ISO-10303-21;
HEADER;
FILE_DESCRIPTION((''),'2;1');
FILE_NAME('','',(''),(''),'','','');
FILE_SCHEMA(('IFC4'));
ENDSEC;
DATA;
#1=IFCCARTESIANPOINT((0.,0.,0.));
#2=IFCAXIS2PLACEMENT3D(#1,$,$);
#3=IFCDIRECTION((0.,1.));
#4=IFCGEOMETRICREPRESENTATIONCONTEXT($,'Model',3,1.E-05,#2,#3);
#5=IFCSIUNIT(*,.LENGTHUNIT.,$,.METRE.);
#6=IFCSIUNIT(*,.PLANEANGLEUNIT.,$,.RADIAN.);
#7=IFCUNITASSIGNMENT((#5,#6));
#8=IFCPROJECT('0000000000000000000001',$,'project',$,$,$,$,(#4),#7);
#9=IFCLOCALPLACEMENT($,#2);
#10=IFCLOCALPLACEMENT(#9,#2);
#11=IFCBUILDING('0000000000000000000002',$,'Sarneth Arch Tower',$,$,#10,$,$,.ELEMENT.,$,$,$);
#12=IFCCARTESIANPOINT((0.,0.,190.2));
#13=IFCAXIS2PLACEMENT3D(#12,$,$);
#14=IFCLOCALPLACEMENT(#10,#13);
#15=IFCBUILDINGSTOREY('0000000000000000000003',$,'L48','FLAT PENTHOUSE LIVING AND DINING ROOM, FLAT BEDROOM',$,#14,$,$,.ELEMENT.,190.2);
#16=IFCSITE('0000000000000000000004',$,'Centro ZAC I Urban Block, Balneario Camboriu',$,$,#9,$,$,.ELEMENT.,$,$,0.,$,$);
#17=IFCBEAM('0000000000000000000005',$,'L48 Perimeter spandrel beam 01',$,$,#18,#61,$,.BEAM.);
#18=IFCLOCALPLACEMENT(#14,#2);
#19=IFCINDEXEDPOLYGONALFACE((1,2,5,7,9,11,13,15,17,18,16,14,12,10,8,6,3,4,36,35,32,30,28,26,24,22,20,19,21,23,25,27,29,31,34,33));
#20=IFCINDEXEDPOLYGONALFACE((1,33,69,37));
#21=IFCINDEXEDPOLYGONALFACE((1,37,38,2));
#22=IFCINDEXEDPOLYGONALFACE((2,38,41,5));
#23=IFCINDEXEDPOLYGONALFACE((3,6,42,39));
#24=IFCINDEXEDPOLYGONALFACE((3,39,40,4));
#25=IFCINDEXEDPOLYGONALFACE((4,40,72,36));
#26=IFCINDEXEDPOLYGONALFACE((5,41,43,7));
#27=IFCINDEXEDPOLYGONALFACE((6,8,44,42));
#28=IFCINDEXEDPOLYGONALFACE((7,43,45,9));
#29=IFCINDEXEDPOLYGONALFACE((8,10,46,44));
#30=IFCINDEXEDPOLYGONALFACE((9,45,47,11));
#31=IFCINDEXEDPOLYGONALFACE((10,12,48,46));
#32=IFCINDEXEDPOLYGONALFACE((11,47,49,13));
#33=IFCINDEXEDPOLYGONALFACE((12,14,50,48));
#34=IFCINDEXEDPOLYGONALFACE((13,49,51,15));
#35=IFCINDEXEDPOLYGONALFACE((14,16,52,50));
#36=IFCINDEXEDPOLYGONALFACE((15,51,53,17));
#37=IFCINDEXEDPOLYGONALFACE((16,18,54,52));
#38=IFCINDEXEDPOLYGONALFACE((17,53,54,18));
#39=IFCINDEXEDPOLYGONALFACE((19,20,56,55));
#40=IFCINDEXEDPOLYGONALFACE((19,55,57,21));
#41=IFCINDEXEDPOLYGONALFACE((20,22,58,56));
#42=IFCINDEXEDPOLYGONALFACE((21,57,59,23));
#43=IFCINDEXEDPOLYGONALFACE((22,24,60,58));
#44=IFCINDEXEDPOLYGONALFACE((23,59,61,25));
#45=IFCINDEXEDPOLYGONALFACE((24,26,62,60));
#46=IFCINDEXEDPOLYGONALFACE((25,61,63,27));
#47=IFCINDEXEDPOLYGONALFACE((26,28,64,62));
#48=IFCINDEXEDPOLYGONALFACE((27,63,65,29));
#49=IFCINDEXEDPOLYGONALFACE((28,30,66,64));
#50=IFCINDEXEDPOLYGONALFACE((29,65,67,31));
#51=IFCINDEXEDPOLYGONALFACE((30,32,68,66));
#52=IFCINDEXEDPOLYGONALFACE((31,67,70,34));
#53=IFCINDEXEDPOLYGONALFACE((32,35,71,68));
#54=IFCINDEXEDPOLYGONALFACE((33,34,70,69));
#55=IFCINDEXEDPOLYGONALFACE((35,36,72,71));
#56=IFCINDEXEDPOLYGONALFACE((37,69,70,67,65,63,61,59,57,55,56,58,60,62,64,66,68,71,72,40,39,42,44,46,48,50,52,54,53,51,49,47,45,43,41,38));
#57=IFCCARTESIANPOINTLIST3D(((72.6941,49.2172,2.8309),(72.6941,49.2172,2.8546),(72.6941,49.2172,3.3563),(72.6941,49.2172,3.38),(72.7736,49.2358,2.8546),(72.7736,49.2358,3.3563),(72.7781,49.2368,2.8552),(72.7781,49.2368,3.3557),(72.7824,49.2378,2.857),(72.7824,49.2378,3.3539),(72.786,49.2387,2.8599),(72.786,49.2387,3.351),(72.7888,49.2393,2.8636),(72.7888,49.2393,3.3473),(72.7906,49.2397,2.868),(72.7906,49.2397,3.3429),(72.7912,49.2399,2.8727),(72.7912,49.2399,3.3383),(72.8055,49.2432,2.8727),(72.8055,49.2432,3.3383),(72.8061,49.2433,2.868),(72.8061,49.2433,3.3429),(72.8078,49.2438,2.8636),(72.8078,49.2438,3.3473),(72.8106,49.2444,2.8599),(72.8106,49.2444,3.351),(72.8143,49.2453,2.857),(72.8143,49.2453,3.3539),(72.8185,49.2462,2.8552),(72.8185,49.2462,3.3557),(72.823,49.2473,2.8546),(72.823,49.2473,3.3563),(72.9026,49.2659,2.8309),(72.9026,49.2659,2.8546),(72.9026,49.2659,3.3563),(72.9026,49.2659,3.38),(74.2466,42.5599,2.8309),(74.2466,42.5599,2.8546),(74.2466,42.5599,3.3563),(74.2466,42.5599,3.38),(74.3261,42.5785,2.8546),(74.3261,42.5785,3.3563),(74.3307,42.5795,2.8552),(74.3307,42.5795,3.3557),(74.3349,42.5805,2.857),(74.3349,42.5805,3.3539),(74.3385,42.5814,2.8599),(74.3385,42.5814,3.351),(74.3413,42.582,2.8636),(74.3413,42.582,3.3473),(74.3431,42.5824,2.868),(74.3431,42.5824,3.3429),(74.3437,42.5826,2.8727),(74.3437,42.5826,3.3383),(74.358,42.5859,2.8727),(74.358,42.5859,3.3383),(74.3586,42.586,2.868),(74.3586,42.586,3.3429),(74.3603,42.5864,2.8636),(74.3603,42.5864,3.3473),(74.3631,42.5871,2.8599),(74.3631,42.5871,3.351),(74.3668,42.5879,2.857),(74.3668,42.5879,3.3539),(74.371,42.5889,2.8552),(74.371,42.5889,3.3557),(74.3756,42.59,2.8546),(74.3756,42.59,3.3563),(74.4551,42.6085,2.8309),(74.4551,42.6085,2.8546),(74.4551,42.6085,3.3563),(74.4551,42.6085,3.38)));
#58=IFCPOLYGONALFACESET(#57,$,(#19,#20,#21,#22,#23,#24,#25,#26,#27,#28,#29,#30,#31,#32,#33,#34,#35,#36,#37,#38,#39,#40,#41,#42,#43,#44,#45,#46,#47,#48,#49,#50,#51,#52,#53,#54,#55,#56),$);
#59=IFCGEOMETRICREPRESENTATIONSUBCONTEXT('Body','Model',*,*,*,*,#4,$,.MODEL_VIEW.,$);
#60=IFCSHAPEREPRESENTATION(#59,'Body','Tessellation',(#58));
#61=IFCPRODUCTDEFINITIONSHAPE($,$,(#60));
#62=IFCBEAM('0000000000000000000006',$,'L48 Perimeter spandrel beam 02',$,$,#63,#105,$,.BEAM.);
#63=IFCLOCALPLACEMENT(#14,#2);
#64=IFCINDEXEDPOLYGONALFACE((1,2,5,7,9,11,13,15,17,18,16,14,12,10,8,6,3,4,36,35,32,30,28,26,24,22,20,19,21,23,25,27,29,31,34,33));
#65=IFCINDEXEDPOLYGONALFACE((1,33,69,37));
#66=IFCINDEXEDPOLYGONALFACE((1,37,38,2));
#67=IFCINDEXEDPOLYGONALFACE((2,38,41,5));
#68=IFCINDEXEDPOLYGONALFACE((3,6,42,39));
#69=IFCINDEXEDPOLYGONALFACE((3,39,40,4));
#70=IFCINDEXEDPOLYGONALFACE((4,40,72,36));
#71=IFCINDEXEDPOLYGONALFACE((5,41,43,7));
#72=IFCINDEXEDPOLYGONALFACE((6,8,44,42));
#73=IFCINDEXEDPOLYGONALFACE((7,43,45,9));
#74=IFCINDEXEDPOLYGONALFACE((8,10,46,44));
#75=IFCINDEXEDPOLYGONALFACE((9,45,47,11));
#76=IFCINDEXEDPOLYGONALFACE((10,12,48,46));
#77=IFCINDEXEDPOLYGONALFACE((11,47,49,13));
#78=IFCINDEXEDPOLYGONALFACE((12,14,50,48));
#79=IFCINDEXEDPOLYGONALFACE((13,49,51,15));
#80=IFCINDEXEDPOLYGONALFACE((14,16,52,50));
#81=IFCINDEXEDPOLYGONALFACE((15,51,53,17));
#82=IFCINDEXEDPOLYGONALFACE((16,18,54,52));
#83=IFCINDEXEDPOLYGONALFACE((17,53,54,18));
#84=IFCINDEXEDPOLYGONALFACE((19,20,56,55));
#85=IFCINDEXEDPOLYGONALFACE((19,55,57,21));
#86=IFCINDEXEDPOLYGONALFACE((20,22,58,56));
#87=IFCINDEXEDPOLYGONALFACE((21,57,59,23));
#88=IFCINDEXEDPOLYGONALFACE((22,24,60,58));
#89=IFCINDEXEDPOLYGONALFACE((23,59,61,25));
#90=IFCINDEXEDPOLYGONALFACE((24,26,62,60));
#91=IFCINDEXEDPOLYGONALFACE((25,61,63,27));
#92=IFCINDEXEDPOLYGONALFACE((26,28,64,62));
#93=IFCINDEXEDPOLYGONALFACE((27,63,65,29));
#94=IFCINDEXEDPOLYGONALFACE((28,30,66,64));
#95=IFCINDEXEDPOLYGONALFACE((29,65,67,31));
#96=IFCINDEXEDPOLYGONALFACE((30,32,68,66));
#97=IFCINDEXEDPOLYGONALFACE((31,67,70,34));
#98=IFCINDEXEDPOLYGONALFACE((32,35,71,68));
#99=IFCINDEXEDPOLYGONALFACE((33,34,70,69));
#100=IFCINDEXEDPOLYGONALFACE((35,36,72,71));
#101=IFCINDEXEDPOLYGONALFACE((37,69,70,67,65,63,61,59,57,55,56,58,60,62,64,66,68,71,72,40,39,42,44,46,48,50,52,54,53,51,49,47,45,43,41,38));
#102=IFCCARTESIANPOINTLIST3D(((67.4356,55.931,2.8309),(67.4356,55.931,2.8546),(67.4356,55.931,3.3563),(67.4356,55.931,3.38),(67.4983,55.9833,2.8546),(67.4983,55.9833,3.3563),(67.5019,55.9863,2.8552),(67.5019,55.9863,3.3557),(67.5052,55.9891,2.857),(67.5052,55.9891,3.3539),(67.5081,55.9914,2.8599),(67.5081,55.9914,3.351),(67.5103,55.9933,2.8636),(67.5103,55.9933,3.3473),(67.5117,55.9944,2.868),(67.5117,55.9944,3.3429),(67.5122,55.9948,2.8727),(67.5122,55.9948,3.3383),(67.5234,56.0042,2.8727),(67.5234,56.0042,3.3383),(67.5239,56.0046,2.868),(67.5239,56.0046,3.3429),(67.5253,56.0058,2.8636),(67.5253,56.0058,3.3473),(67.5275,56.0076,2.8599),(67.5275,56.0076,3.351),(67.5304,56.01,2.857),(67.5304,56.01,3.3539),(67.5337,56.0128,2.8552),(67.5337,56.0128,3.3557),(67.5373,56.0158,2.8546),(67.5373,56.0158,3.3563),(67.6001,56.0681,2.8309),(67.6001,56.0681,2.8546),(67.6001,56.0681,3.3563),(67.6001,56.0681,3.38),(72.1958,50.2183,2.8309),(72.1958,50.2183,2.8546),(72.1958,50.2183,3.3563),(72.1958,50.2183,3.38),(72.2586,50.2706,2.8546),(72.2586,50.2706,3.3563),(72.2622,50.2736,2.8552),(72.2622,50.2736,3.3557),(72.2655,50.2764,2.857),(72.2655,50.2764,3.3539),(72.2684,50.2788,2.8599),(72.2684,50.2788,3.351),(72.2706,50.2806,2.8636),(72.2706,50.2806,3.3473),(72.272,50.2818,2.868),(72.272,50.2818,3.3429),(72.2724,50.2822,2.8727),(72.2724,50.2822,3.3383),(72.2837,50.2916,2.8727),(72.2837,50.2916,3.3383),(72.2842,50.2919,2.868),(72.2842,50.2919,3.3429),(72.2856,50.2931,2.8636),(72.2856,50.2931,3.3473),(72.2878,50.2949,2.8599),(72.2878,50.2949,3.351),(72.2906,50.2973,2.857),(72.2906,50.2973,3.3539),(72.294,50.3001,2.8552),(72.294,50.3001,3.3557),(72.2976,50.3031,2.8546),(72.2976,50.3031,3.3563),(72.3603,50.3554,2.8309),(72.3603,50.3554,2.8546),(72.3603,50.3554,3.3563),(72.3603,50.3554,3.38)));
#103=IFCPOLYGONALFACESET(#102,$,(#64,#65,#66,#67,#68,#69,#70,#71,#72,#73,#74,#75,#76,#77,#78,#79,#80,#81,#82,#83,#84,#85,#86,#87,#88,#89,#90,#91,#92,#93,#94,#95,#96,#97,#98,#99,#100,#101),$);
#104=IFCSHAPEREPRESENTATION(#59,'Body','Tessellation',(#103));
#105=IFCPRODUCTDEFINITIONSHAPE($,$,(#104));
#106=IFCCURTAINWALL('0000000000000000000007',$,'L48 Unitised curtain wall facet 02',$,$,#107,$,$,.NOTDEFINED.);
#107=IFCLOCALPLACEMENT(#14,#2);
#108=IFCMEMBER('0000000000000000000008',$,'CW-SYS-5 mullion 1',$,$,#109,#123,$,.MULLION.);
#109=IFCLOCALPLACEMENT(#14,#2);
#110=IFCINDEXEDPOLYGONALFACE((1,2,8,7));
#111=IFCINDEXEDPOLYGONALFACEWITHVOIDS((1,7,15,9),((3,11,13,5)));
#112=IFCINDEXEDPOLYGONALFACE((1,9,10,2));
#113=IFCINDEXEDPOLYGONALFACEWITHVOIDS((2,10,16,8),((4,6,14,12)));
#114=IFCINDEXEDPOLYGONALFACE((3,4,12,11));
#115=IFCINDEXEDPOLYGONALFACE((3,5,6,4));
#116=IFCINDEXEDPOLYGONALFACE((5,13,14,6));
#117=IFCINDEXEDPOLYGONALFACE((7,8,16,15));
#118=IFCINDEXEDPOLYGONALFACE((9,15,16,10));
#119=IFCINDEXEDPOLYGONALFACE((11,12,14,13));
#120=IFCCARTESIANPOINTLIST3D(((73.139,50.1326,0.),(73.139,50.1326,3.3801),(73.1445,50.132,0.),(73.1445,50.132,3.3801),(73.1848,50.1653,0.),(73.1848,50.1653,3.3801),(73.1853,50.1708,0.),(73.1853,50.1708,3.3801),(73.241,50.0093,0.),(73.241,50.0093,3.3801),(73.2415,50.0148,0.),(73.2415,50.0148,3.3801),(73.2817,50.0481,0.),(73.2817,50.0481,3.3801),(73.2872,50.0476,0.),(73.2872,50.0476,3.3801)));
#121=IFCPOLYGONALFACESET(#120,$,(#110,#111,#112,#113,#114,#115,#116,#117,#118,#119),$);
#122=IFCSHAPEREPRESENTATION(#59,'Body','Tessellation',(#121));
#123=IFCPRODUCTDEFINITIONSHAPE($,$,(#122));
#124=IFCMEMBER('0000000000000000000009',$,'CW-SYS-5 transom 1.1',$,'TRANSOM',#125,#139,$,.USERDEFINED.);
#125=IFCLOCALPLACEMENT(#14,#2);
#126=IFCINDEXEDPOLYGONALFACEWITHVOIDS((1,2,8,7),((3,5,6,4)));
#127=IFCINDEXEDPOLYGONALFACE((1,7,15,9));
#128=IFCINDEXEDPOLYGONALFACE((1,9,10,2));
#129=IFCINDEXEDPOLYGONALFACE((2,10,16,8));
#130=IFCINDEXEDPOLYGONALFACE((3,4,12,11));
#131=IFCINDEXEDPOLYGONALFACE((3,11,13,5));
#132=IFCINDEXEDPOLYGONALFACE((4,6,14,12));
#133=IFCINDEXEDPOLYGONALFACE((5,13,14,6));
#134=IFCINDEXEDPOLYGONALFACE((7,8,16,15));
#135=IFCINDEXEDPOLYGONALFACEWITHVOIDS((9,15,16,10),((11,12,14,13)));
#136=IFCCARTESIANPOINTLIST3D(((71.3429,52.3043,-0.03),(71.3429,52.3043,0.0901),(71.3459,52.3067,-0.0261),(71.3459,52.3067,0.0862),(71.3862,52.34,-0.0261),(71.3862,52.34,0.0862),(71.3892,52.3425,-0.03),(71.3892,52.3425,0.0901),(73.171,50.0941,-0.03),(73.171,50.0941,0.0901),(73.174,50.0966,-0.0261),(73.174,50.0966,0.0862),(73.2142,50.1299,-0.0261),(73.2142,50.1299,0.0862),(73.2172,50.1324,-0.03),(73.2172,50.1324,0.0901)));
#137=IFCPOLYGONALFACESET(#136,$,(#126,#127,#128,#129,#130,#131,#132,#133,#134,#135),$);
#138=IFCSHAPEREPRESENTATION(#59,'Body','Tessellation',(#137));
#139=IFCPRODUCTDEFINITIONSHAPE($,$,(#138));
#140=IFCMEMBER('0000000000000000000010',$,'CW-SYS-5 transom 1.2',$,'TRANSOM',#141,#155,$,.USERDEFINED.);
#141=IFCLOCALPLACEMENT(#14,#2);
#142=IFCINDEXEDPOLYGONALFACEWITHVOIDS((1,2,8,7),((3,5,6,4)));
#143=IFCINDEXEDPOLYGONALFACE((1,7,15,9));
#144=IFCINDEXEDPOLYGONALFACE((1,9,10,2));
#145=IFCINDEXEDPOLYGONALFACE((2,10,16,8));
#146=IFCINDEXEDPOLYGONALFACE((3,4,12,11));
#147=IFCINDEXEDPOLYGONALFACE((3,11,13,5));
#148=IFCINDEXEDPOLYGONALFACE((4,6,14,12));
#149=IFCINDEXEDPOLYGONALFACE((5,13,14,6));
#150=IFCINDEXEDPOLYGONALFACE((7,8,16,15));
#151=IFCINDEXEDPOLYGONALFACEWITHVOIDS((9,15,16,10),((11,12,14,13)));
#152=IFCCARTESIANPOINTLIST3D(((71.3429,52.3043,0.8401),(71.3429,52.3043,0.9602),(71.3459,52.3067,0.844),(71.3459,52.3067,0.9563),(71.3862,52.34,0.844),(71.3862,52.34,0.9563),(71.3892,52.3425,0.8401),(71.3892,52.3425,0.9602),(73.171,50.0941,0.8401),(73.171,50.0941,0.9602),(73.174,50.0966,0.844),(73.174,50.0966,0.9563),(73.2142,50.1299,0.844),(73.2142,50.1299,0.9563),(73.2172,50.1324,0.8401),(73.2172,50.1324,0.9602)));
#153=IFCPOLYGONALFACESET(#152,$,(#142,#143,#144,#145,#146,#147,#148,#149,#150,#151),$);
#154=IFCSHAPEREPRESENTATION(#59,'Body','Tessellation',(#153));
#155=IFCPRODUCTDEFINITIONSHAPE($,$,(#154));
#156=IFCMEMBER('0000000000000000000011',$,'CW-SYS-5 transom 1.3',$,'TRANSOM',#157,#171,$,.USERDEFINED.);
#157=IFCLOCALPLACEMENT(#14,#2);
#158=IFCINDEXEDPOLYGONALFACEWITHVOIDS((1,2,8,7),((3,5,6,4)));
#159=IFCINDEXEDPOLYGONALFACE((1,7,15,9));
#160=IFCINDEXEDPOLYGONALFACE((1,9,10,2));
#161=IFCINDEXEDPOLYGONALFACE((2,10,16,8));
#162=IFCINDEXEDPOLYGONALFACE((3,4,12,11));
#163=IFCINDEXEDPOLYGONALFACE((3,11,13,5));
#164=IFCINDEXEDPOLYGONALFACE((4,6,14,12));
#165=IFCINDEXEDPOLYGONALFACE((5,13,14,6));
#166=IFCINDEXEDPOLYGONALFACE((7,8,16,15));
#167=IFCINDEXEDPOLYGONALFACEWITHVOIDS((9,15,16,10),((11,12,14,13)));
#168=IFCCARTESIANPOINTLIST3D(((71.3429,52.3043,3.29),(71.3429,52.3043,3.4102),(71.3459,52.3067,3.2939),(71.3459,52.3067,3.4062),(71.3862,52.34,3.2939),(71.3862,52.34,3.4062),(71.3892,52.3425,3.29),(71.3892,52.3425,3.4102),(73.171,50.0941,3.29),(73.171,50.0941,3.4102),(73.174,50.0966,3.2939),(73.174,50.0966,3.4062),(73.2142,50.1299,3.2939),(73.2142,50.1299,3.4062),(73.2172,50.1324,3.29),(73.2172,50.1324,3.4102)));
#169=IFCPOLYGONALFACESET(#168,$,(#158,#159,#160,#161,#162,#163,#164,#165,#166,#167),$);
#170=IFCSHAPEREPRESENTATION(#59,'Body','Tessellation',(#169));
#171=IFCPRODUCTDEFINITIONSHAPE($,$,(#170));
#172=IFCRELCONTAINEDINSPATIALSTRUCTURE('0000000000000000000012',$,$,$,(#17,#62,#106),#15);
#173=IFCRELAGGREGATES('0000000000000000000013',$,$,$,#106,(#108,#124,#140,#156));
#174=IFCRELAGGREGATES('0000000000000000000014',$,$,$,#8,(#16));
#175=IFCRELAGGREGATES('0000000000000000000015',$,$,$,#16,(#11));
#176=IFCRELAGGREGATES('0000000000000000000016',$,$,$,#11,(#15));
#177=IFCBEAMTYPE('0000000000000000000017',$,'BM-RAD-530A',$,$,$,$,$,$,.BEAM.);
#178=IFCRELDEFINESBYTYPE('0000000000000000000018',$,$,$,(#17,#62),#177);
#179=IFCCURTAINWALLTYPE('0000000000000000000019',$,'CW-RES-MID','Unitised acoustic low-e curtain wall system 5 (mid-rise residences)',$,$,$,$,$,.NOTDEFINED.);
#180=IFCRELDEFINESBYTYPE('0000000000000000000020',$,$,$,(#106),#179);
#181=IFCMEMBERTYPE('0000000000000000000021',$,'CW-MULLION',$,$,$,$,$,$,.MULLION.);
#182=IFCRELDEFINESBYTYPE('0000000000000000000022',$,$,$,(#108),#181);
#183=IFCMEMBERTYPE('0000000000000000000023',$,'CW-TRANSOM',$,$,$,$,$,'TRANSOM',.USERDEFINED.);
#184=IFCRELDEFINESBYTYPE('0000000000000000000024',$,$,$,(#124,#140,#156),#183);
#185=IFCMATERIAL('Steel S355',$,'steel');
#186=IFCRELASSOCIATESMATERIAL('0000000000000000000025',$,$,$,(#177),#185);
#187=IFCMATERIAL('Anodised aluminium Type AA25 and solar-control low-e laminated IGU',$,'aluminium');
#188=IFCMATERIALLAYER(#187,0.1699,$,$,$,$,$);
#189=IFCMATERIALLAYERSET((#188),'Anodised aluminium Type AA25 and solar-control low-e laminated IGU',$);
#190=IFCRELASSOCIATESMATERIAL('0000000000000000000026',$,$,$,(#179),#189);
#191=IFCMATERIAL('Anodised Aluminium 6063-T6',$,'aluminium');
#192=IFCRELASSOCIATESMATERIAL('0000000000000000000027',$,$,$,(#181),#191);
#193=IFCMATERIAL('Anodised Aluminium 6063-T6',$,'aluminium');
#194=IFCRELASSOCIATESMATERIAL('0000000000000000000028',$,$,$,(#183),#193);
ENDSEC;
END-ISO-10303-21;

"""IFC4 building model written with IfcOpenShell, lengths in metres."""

from ifc_helpers import new_model, si_unit, direction, frame, origin, origin_2d, place, context, subcontext, project, spatial, hollow_rectangle, i_section, extrude, material, layer, layer_set, material_profile, profile_set, type_object, element, aggregate, save


model = new_model("IFC4")

# Units and contexts
model_context = context("Model", 3, precision=1e-05, world=origin(), true_north=direction((0.0, 1.0)))
body_context = subcontext(model_context, "Body", "Model", "MODEL_VIEW")
ifc_project = project(units=[si_unit("LENGTHUNIT", "METRE"), si_unit("PLANEANGLEUNIT", "RADIAN")], contexts=[model_context])

# Site, building, storey
site_placement = place(None, origin())
site = spatial("IfcSite", under=ifc_project, at=site_placement, Name="Centro ZAC I Urban Block, Balneario Camboriu", CompositionType="ELEMENT", RefElevation=0.0)
building_placement = place(site_placement, origin())
building = spatial("IfcBuilding", under=site, at=building_placement, Name="Sarneth Arch Tower", CompositionType="ELEMENT")
storey_placement = place(building_placement, frame((0.0, 0.0, 190.2)))
storey = spatial("IfcBuildingStorey", under=building, at=storey_placement, Name="L48", Description="FLAT PENTHOUSE LIVING AND DINING ROOM, FLAT BEDROOM", CompositionType="ELEMENT", Elevation=190.2)

# Beams
ifc_material_1 = material(Name="Steel S355", Category="steel")
ifc_material_profile_1 = material_profile(ifc_material_1, i_section(OverallWidth=0.2141, OverallDepth=0.5491, WebThickness=0.0146, FlangeThickness=0.0237, FilletRadius=0.0181, at=origin_2d()), Name="W530x138")
ifc_profile_set_1 = profile_set([ifc_material_profile_1], Name="Steel S355")
beam_type = type_object("IfcBeamType", Name="BM-RAD-530A", PredefinedType="BEAM", material=ifc_profile_set_1)
beam_1_placement = place(storey_placement, frame((74.3508, 42.5842, 3.1055), z_axis=(-0.22711, 0.973869, 0.0), x_axis=(-0.973869, -0.22711, 0.0)))
element("IfcBeam", 1, at=beam_1_placement, inside=storey, type_object=beam_type, Name="L48 Perimeter spandrel beam 01", PredefinedType="BEAM", context=body_context, shape_type="SweptSolid", body=[
    extrude(i_section(OverallWidth=0.2141, OverallDepth=0.5491, WebThickness=0.0146, FlangeThickness=0.0237, FilletRadius=0.0181, at=origin_2d()), origin(), (0.0, 0.0, 1.0), 6.8359),
])
beam_2_placement = place(storey_placement, frame((72.2781, 50.2869, 3.1055), z_axis=(-0.640162, 0.76824, 0.0), x_axis=(-0.76824, -0.640162, 0.0)))
element("IfcBeam", 2, at=beam_2_placement, inside=storey, type_object=beam_type, Name="L48 Perimeter spandrel beam 02", PredefinedType="BEAM", context=body_context, shape_type="SweptSolid", body=[
    extrude(i_section(OverallWidth=0.2141, OverallDepth=0.5491, WebThickness=0.0146, FlangeThickness=0.0237, FilletRadius=0.0181, at=origin_2d()), origin(), (0.0, 0.0, 1.0), 7.436),
])

# Curtain wall, members
ifc_material_2 = material(Name="Anodised aluminium Type AA25 and solar-control low-e laminated IGU", Category="aluminium")
ifc_layer_1 = layer(ifc_material_2, 0.1699)
ifc_layer_set_1 = layer_set([ifc_layer_1], Name="Anodised aluminium Type AA25 and solar-control low-e laminated IGU")
curtain_wall_type = type_object("IfcCurtainWallType", Name="CW-RES-MID", Description="Unitised acoustic low-e curtain wall system 5 (mid-rise residences)", PredefinedType="NOTDEFINED", material=ifc_layer_set_1)
curtain_wall_placement = place(storey_placement, origin())
curtain_wall = element("IfcCurtainWall", 3, at=curtain_wall_placement, inside=storey, type_object=curtain_wall_type, Name="L48 Unitised curtain wall facet 02", PredefinedType="NOTDEFINED")
ifc_material_3 = material(Name="Anodised Aluminium 6063-T6", Category="aluminium")
ifc_material_profile_2 = material_profile(ifc_material_3, hollow_rectangle(XDim=0.0601, YDim=0.1599, WallThickness=0.0039, at=origin_2d()), Name="AL-MULL-160x60x4")
ifc_profile_set_2 = profile_set([ifc_material_profile_2], Name="Anodised Aluminium 6063-T6")
member_type_1 = type_object("IfcMemberType", Name="CW-MULLION", PredefinedType="MULLION", material=ifc_profile_set_2)
member_1_placement = place(storey_placement, frame((73.2131, 50.0901, 0.0), z_axis=(0.0, 0.0, 1.0), x_axis=(-0.770591, -0.63733, 0.0)))
member_1 = element("IfcMember", 4, at=member_1_placement, type_object=member_type_1, Name="CW-SYS-5 mullion 1", PredefinedType="MULLION", context=body_context, shape_type="SweptSolid", body=[
    extrude(hollow_rectangle(XDim=0.0601, YDim=0.1599, WallThickness=0.0039, at=origin_2d()), origin(), (0.0, 0.0, 1.0), 3.3801),
])
ifc_material_4 = material(Name="Anodised Aluminium 6063-T6", Category="aluminium")
ifc_material_profile_3 = material_profile(ifc_material_4, hollow_rectangle(XDim=0.0601, YDim=0.1201, WallThickness=0.0039, at=origin_2d()), Name="AL-TRAN-120x60x4")
ifc_profile_set_3 = profile_set([ifc_material_profile_3], Name="Anodised Aluminium 6063-T6")
member_type_2 = type_object("IfcMemberType", Name="CW-TRANSOM", ElementType="TRANSOM", PredefinedType="USERDEFINED", material=ifc_profile_set_3)
member_2_placement = place(storey_placement, frame((73.1941, 50.1133, 0.03), z_axis=(-0.637359, 0.770567, 0.0), x_axis=(-0.770567, -0.637359, 0.0)))
member_2 = element("IfcMember", 5, at=member_2_placement, type_object=member_type_2, Name="CW-SYS-5 transom 1.1", ObjectType="TRANSOM", PredefinedType="USERDEFINED", context=body_context, shape_type="SweptSolid", body=[
    extrude(hollow_rectangle(XDim=0.0601, YDim=0.1201, WallThickness=0.0039, at=origin_2d()), origin(), (0.0, 0.0, 1.0), 2.8682),
])
member_3_placement = place(storey_placement, frame((73.1941, 50.1133, 0.9001), z_axis=(-0.637359, 0.770567, 0.0), x_axis=(-0.770567, -0.637359, 0.0)))
member_3 = element("IfcMember", 6, at=member_3_placement, type_object=member_type_2, Name="CW-SYS-5 transom 1.2", ObjectType="TRANSOM", PredefinedType="USERDEFINED", context=body_context, shape_type="SweptSolid", body=[
    extrude(hollow_rectangle(XDim=0.0601, YDim=0.1201, WallThickness=0.0039, at=origin_2d()), origin(), (0.0, 0.0, 1.0), 2.8682),
])
member_4_placement = place(storey_placement, frame((73.1941, 50.1133, 3.3501), z_axis=(-0.637359, 0.770567, 0.0), x_axis=(-0.770567, -0.637359, 0.0)))
member_4 = element("IfcMember", 7, at=member_4_placement, type_object=member_type_2, Name="CW-SYS-5 transom 1.3", ObjectType="TRANSOM", PredefinedType="USERDEFINED", context=body_context, shape_type="SweptSolid", body=[
    extrude(hollow_rectangle(XDim=0.0601, YDim=0.1201, WallThickness=0.0039, at=origin_2d()), origin(), (0.0, 0.0, 1.0), 2.8682),
])

aggregate(curtain_wall, [member_1, member_2, member_3, member_4])

save(model, "model.ifc")
